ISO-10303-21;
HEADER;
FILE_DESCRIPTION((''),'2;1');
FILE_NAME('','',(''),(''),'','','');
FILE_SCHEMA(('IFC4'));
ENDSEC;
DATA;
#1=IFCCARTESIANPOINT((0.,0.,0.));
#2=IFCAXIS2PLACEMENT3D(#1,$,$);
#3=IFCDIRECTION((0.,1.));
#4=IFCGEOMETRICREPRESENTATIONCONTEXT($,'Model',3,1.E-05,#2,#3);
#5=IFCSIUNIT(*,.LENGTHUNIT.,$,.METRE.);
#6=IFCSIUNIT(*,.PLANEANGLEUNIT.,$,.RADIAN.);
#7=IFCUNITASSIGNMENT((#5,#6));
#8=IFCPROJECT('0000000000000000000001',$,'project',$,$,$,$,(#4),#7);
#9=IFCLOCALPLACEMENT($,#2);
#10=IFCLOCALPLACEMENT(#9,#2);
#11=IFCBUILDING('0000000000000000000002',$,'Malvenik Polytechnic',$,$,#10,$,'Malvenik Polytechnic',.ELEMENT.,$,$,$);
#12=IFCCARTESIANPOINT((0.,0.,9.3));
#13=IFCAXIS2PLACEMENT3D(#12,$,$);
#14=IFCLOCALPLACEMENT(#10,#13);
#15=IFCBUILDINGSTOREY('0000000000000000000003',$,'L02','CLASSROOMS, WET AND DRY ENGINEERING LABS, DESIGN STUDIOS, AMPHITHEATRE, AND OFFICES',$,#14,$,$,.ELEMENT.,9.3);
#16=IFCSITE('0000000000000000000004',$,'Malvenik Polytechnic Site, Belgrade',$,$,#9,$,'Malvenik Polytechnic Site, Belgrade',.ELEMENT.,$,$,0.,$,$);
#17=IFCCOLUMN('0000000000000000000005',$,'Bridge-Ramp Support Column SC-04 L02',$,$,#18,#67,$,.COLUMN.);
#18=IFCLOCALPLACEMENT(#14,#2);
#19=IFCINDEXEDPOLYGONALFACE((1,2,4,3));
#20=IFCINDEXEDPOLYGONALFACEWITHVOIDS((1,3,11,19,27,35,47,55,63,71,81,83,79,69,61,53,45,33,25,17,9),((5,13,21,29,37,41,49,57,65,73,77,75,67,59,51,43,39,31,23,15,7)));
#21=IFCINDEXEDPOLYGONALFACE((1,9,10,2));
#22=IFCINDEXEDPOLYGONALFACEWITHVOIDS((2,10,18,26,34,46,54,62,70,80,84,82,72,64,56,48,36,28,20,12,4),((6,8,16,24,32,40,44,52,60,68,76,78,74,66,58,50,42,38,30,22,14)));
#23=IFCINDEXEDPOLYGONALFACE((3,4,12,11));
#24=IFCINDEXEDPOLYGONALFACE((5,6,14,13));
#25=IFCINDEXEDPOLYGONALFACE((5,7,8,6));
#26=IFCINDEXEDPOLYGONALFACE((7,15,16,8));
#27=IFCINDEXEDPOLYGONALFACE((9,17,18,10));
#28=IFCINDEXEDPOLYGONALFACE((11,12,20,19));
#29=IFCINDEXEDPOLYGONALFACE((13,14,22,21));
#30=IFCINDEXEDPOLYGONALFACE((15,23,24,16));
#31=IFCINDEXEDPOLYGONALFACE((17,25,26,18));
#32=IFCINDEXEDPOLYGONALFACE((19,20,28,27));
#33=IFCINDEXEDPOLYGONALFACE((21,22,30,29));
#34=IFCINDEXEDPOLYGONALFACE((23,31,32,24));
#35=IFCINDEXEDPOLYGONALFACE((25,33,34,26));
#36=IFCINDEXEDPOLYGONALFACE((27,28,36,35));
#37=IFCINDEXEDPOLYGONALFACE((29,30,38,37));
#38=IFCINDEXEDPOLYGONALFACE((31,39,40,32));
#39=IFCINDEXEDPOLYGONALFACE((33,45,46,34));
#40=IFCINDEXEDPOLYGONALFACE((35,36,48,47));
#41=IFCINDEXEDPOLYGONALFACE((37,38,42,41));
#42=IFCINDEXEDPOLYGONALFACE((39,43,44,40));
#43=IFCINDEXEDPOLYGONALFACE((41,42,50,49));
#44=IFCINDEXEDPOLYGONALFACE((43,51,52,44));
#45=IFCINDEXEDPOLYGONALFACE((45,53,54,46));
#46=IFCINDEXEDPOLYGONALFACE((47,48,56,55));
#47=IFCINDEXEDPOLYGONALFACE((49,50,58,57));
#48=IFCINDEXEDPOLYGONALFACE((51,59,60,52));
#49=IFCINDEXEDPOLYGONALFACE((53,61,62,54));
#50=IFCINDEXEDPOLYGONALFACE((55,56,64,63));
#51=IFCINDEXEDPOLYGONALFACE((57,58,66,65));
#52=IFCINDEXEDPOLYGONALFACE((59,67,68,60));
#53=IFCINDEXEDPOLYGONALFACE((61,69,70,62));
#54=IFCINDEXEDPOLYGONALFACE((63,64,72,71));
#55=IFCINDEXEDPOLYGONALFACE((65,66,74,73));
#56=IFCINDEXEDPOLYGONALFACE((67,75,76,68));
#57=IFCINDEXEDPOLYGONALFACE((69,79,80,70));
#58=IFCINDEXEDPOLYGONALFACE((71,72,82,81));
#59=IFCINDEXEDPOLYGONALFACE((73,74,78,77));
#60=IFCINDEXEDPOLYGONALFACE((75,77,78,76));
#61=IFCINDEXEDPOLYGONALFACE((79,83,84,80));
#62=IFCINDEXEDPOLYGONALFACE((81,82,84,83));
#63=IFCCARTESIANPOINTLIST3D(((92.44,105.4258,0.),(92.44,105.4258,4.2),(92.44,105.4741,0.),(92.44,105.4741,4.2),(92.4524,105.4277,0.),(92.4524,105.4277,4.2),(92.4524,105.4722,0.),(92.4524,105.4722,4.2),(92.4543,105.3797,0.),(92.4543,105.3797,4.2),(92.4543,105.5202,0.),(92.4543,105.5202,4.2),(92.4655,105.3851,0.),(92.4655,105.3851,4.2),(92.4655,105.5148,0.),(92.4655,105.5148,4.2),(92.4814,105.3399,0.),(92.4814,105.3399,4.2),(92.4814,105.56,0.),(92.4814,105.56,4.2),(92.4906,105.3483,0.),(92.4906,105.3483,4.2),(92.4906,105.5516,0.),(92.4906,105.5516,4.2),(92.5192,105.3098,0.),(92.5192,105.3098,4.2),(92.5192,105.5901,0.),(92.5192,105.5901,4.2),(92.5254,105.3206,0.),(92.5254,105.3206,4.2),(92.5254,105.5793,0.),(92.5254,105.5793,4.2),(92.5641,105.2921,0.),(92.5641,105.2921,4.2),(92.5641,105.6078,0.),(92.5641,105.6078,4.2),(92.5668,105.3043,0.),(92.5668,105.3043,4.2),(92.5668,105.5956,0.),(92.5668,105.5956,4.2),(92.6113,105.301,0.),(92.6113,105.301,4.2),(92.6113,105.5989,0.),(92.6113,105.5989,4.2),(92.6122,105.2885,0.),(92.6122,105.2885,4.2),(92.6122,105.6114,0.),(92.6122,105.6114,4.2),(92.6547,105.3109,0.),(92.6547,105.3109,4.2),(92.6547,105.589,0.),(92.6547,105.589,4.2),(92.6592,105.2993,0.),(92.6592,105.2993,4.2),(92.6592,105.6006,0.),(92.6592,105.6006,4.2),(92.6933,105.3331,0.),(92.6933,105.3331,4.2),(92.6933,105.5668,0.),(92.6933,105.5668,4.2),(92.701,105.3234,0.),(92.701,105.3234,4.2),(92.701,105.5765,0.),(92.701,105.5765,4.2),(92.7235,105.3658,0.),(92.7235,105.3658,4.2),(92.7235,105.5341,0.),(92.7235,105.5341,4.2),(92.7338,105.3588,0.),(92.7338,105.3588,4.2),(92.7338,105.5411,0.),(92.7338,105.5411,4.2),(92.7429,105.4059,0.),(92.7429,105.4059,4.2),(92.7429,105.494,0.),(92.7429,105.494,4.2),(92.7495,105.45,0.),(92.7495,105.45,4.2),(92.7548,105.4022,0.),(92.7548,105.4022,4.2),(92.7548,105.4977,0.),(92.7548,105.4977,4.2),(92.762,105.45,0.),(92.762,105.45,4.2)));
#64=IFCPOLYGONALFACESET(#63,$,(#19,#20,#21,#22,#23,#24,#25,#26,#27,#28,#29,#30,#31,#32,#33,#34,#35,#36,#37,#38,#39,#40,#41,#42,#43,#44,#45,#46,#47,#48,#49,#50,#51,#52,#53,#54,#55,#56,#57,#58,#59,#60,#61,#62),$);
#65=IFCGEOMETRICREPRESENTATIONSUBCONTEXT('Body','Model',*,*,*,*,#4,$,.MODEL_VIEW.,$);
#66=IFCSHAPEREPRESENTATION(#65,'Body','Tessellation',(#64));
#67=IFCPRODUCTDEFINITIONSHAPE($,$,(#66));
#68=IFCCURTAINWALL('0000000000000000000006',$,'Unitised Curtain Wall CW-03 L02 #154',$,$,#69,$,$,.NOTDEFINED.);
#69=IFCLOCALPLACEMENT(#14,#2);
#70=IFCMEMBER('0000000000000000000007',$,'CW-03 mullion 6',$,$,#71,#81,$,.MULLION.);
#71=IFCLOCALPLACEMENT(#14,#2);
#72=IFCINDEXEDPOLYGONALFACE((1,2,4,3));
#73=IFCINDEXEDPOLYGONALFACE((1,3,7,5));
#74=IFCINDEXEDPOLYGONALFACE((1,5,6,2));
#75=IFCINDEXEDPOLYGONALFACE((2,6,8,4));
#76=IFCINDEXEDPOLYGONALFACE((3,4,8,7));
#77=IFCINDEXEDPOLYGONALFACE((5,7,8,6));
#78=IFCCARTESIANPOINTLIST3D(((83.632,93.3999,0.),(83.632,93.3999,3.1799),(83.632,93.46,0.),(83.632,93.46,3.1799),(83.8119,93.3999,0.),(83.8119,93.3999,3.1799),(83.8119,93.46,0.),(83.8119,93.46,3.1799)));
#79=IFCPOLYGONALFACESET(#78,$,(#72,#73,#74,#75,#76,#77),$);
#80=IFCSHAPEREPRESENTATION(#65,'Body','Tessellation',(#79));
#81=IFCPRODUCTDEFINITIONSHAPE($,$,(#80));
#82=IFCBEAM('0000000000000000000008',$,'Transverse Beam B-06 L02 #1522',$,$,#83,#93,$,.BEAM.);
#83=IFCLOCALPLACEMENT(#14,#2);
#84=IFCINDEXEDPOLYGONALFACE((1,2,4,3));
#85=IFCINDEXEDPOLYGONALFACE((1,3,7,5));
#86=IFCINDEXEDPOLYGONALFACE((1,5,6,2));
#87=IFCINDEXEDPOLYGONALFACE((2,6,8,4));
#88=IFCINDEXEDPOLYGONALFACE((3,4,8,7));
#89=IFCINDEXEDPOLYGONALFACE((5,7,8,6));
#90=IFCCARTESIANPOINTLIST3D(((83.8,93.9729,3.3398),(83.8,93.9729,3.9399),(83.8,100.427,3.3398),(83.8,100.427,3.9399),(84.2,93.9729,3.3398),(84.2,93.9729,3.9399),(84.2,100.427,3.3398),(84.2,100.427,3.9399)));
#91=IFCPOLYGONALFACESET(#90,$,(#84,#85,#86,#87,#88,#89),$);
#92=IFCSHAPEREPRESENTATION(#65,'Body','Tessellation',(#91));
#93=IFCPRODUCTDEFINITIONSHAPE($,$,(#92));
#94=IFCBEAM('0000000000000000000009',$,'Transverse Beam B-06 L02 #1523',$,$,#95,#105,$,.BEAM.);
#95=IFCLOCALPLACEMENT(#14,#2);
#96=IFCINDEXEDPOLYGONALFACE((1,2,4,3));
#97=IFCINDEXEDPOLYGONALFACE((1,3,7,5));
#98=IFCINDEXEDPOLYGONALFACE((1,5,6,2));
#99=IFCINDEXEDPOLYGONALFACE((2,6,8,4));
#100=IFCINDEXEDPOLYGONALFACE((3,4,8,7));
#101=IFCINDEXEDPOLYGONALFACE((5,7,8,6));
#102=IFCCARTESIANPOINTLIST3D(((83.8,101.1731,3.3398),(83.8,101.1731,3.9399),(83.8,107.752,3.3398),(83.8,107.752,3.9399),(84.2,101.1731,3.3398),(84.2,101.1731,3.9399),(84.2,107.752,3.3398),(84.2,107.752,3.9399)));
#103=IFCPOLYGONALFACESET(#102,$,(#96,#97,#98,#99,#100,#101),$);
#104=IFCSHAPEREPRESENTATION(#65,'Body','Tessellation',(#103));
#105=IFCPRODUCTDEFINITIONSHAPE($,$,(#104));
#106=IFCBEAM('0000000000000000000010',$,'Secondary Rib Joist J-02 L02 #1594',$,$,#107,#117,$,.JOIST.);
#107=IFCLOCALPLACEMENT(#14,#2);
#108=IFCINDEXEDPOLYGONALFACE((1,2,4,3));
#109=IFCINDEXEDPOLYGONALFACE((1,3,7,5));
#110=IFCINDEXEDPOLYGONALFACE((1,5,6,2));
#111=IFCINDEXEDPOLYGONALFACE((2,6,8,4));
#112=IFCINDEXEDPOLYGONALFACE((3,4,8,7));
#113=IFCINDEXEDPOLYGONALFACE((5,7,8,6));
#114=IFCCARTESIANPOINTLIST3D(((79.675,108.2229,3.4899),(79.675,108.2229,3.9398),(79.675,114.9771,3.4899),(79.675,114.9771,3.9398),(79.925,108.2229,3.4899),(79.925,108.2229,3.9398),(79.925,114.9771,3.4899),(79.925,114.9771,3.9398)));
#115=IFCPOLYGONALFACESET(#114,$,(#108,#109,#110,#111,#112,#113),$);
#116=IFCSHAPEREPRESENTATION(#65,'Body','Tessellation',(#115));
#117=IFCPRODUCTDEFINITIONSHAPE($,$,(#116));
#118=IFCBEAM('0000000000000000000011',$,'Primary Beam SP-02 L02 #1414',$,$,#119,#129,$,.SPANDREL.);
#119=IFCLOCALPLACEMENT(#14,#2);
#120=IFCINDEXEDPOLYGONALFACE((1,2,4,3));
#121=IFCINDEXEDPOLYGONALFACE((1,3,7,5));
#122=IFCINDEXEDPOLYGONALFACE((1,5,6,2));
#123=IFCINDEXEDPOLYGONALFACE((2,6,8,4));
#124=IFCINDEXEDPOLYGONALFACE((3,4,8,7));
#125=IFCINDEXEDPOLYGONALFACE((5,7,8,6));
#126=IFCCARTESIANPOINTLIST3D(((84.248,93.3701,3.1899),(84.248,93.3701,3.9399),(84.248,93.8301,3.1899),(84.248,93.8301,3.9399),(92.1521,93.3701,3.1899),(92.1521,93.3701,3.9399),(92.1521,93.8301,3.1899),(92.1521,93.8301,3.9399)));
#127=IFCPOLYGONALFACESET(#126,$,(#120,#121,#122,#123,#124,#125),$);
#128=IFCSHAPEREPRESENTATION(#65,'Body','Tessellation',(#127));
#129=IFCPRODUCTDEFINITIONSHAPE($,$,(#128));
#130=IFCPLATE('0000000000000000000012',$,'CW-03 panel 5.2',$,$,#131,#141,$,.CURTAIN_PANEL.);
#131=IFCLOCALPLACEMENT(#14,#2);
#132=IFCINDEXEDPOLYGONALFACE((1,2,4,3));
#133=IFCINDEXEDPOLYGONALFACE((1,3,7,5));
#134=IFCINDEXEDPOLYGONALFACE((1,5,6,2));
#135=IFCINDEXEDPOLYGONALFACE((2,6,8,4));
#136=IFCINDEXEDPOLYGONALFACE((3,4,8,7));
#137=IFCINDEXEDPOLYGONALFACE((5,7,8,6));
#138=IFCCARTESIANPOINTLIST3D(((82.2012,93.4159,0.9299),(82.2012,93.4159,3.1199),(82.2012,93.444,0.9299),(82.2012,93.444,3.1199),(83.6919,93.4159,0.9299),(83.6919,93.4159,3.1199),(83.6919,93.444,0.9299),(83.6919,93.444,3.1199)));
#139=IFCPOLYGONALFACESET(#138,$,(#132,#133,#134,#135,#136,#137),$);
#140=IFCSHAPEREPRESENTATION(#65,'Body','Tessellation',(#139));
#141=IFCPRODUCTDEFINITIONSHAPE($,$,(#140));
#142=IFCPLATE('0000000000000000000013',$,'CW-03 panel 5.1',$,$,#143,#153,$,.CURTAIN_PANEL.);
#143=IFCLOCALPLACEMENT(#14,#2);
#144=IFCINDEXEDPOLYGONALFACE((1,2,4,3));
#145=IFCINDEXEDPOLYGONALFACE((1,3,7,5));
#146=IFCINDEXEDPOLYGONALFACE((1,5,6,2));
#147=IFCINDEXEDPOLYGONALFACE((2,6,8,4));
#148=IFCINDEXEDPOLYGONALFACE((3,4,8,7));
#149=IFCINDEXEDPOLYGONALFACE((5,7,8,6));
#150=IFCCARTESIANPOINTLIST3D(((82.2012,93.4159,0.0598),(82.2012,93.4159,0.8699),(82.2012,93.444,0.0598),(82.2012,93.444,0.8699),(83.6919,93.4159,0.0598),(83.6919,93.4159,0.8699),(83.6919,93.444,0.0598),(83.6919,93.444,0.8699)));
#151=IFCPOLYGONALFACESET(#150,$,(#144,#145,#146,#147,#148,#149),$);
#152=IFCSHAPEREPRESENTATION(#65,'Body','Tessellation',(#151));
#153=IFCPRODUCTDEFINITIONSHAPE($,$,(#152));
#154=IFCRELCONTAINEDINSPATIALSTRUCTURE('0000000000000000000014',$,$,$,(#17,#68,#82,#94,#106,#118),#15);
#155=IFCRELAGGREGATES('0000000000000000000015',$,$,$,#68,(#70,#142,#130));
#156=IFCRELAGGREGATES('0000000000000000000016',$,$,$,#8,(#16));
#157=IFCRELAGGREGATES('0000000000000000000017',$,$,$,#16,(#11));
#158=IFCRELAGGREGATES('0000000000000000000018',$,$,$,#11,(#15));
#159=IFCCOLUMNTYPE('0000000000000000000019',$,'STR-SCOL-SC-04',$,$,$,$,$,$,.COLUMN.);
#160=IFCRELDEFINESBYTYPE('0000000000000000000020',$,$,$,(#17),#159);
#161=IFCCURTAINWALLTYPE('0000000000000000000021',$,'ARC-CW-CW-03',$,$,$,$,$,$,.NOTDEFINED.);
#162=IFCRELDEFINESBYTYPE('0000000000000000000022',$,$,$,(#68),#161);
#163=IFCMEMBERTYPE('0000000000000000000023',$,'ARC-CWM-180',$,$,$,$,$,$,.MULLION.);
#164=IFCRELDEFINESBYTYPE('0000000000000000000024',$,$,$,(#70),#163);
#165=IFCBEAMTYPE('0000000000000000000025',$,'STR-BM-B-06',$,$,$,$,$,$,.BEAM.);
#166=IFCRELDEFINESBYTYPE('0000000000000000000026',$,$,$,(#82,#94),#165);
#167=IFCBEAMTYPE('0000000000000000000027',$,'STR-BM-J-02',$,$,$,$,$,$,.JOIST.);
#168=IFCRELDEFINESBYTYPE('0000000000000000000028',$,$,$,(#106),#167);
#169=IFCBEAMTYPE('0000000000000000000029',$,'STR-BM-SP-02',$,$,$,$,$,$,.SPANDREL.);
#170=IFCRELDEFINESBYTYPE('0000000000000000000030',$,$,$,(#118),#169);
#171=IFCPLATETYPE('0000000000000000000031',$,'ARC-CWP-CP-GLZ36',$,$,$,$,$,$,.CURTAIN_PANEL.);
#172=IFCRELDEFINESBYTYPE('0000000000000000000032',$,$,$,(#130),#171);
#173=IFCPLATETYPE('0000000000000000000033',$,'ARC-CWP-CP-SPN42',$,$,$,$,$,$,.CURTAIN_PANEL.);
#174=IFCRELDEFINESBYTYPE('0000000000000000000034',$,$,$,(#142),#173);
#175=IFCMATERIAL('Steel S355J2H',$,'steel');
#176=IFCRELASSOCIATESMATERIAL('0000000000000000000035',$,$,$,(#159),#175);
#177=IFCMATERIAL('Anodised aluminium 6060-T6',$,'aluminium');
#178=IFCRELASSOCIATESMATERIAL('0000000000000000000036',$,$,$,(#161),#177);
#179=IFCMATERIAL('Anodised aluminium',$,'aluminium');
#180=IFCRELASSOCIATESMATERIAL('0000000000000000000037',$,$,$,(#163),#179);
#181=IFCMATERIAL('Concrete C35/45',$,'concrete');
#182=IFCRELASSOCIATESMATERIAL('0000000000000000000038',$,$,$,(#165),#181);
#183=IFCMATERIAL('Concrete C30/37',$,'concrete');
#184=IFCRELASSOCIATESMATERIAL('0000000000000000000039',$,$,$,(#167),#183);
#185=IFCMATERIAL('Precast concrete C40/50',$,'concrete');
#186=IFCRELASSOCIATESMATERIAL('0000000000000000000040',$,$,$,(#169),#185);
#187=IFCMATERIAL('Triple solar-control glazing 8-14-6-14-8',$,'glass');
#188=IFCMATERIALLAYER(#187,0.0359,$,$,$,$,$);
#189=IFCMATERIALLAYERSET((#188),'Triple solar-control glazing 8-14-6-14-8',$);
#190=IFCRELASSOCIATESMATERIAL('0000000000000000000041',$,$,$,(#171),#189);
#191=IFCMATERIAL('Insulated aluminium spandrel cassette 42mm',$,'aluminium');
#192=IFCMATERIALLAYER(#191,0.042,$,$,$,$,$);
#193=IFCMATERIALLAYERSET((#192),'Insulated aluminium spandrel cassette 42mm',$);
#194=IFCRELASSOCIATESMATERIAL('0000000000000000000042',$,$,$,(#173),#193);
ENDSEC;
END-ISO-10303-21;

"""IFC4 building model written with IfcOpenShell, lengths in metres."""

from ifc_helpers import new_model, si_unit, direction, frame, origin, origin_2d, place, context, subcontext, project, spatial, rectangle, hollow_circle, extrude, material, layer, layer_set, material_profile, profile_set, type_object, element, aggregate, save


model = new_model("IFC4")

# Units and contexts
model_context = context("Model", 3, precision=1e-05, world=origin(), true_north=direction((0.0, 1.0)))
body_context = subcontext(model_context, "Body", "Model", "MODEL_VIEW")
ifc_project = project(units=[si_unit("LENGTHUNIT", "METRE"), si_unit("PLANEANGLEUNIT", "RADIAN")], contexts=[model_context])

# Site, building, storey
site_placement = place(None, origin())
site = spatial("IfcSite", under=ifc_project, at=site_placement, Name="Malvenik Polytechnic Site, Belgrade", LongName="Malvenik Polytechnic Site, Belgrade", CompositionType="ELEMENT", RefElevation=0.0)
building_placement = place(site_placement, origin())
building = spatial("IfcBuilding", under=site, at=building_placement, Name="Malvenik Polytechnic", LongName="Malvenik Polytechnic", CompositionType="ELEMENT")
storey_placement = place(building_placement, frame((0.0, 0.0, 9.3)))
storey = spatial("IfcBuildingStorey", under=building, at=storey_placement, Name="L02", Description="CLASSROOMS, WET AND DRY ENGINEERING LABS, DESIGN STUDIOS, AMPHITHEATRE, AND OFFICES", CompositionType="ELEMENT", Elevation=9.3)

# Column
ifc_material_1 = material(Name="Concrete C35/45", Category="concrete")
ifc_material_2 = material(Name="Steel S355J2H", Category="steel")
ifc_material_profile_1 = material_profile(ifc_material_2, hollow_circle(Radius=0.1619, WallThickness=0.0125, at=origin_2d()), Name="CHS 323.9x12.5")
ifc_profile_set_1 = profile_set([ifc_material_profile_1], Name="Steel S355J2H")
column_type_1 = type_object("IfcColumnType", Name="STR-SCOL-SC-04", PredefinedType="COLUMN", material=ifc_profile_set_1)
for number, where, z_axis, x_axis, name in (
    (1, (92.6001, 105.45, 0.0), (0.0, 0.0, 1.0), (1.0, 0.0, 0.0), "Bridge-Ramp Support Column SC-04 L02"),
):
    element("IfcColumn", number, at=place(storey_placement, frame(where, z_axis=z_axis, x_axis=x_axis)), inside=storey, type_object=column_type_1, Name=name, PredefinedType="COLUMN", context=body_context, shape_type="SweptSolid", body=[
        extrude(hollow_circle(Radius=0.1619, WallThickness=0.0125, at=origin_2d()), origin(), (0.0, 0.0, 1.0), 4.2),
    ])

# Curtain wall, member
ifc_material_3 = material(Name="Anodised aluminium 6060-T6", Category="aluminium")
curtain_wall_type = type_object("IfcCurtainWallType", Name="ARC-CW-CW-03", PredefinedType="NOTDEFINED", material=ifc_material_3)
curtain_wall_placement = place(storey_placement, origin())
curtain_wall = element("IfcCurtainWall", 2, at=curtain_wall_placement, inside=storey, type_object=curtain_wall_type, Name="Unitised Curtain Wall CW-03 L02 #154", PredefinedType="NOTDEFINED")
ifc_material_4 = material(Name="Anodised aluminium", Category="aluminium")
ifc_material_profile_2 = material_profile(ifc_material_4, rectangle(XDim=0.0601, YDim=0.1799, at=origin_2d()), Name="ALU MULLION 60x180")
ifc_profile_set_2 = profile_set([ifc_material_profile_2], Name="Anodised aluminium")
member_type = type_object("IfcMemberType", Name="ARC-CWM-180", PredefinedType="MULLION", material=ifc_profile_set_2)
member_placement = place(storey_placement, frame((83.7219, 93.4299, 0.0), z_axis=(0.0, 0.0, 1.0), x_axis=(0.0, 1.0, 0.0)))
member = element("IfcMember", 3, at=member_placement, type_object=member_type, Name="CW-03 mullion 6", PredefinedType="MULLION", context=body_context, shape_type="SweptSolid", body=[
    extrude(rectangle(XDim=0.0601, YDim=0.1799, at=origin_2d()), origin(), (0.0, 0.0, 1.0), 3.1799),
])

# Beams
ifc_material_profile_3 = material_profile(ifc_material_1, rectangle(XDim=0.3999, YDim=0.6001, at=origin_2d()), Name="RC BM 400x600")
ifc_profile_set_3 = profile_set([ifc_material_profile_3], Name="Concrete C35/45")
beam_type_1 = type_object("IfcBeamType", Name="STR-BM-B-06", PredefinedType="BEAM", material=ifc_profile_set_3)
beam_1_placement = place(storey_placement, frame((84.0, 93.9729, 3.6399), z_axis=(0.0, 1.0, 0.0), x_axis=(-1.0, 0.0, 0.0)))
element("IfcBeam", 4, at=beam_1_placement, inside=storey, type_object=beam_type_1, Name="Transverse Beam B-06 L02 #1522", PredefinedType="BEAM", context=body_context, shape_type="SweptSolid", body=[
    extrude(rectangle(XDim=0.3999, YDim=0.6001, at=origin_2d()), origin(), (0.0, 0.0, 1.0), 6.4541),
])
beam_2_placement = place(storey_placement, frame((84.0, 101.1731, 3.6399), z_axis=(0.0, 1.0, 0.0), x_axis=(-1.0, 0.0, 0.0)))
element("IfcBeam", 5, at=beam_2_placement, inside=storey, type_object=beam_type_1, Name="Transverse Beam B-06 L02 #1523", PredefinedType="BEAM", context=body_context, shape_type="SweptSolid", body=[
    extrude(rectangle(XDim=0.3999, YDim=0.6001, at=origin_2d()), origin(), (0.0, 0.0, 1.0), 6.5789),
])
ifc_material_5 = material(Name="Concrete C30/37", Category="concrete")
ifc_material_profile_4 = material_profile(ifc_material_5, rectangle(XDim=0.25, YDim=0.45, at=origin_2d()), Name="RC JST 250x450")
ifc_profile_set_4 = profile_set([ifc_material_profile_4], Name="Concrete C30/37")
beam_type_2 = type_object("IfcBeamType", Name="STR-BM-J-02", PredefinedType="JOIST", material=ifc_profile_set_4)
beam_3_placement = place(storey_placement, frame((79.8, 108.2229, 3.7148), z_axis=(0.0, 1.0, 0.0), x_axis=(-1.0, 0.0, 0.0)))
element("IfcBeam", 6, at=beam_3_placement, inside=storey, type_object=beam_type_2, Name="Secondary Rib Joist J-02 L02 #1594", PredefinedType="JOIST", context=body_context, shape_type="SweptSolid", body=[
    extrude(rectangle(XDim=0.25, YDim=0.45, at=origin_2d()), origin(), (0.0, 0.0, 1.0), 6.7542),
])
ifc_material_6 = material(Name="Precast concrete C40/50", Category="concrete")
ifc_material_profile_5 = material_profile(ifc_material_6, rectangle(XDim=0.46, YDim=0.75, at=origin_2d()), Name="PC SPN 460x750")
ifc_profile_set_5 = profile_set([ifc_material_profile_5], Name="Precast concrete C40/50")
beam_type_3 = type_object("IfcBeamType", Name="STR-BM-SP-02", PredefinedType="SPANDREL", material=ifc_profile_set_5)
beam_4_placement = place(storey_placement, frame((84.248, 93.6001, 3.5649), z_axis=(1.0, 0.0, 0.0), x_axis=(0.0, 1.0, 0.0)))
element("IfcBeam", 7, at=beam_4_placement, inside=storey, type_object=beam_type_3, Name="Primary Beam SP-02 L02 #1414", PredefinedType="SPANDREL", context=body_context, shape_type="SweptSolid", body=[
    extrude(rectangle(XDim=0.46, YDim=0.75, at=origin_2d()), origin(), (0.0, 0.0, 1.0), 7.9041),
])

# Plates
ifc_material_7 = material(Name="Triple solar-control glazing 8-14-6-14-8", Category="glass")
ifc_layer_1 = layer(ifc_material_7, 0.0359)
ifc_layer_set_1 = layer_set([ifc_layer_1], Name="Triple solar-control glazing 8-14-6-14-8")
plate_type_1 = type_object("IfcPlateType", Name="ARC-CWP-CP-GLZ36", PredefinedType="CURTAIN_PANEL", material=ifc_layer_set_1)
plate_1_placement = place(storey_placement, frame((82.9465, 93.4299, 0.9299), z_axis=(0.0, 0.0, 1.0), x_axis=(1.0, 0.0, 0.0)))
plate_1 = element("IfcPlate", 8, at=plate_1_placement, type_object=plate_type_1, Name="CW-03 panel 5.2", PredefinedType="CURTAIN_PANEL", context=body_context, shape_type="SweptSolid", body=[
    extrude(rectangle(XDim=1.4907, YDim=0.0281, at=origin_2d()), origin(), (0.0, 0.0, 1.0), 2.1899),
])
ifc_material_8 = material(Name="Insulated aluminium spandrel cassette 42mm", Category="aluminium")
ifc_layer_2 = layer(ifc_material_8, 0.042)
ifc_layer_set_2 = layer_set([ifc_layer_2], Name="Insulated aluminium spandrel cassette 42mm")
plate_type_2 = type_object("IfcPlateType", Name="ARC-CWP-CP-SPN42", PredefinedType="CURTAIN_PANEL", material=ifc_layer_set_2)
plate_2_placement = place(storey_placement, frame((82.9465, 93.4299, 0.0598), z_axis=(0.0, 0.0, 1.0), x_axis=(1.0, 0.0, 0.0)))
plate_2 = element("IfcPlate", 9, at=plate_2_placement, type_object=plate_type_2, Name="CW-03 panel 5.1", PredefinedType="CURTAIN_PANEL", context=body_context, shape_type="SweptSolid", body=[
    extrude(rectangle(XDim=1.4907, YDim=0.0281, at=origin_2d()), origin(), (0.0, 0.0, 1.0), 0.8101),
])
aggregate(curtain_wall, [member, plate_2, plate_1])

save(model, "model.ifc")
